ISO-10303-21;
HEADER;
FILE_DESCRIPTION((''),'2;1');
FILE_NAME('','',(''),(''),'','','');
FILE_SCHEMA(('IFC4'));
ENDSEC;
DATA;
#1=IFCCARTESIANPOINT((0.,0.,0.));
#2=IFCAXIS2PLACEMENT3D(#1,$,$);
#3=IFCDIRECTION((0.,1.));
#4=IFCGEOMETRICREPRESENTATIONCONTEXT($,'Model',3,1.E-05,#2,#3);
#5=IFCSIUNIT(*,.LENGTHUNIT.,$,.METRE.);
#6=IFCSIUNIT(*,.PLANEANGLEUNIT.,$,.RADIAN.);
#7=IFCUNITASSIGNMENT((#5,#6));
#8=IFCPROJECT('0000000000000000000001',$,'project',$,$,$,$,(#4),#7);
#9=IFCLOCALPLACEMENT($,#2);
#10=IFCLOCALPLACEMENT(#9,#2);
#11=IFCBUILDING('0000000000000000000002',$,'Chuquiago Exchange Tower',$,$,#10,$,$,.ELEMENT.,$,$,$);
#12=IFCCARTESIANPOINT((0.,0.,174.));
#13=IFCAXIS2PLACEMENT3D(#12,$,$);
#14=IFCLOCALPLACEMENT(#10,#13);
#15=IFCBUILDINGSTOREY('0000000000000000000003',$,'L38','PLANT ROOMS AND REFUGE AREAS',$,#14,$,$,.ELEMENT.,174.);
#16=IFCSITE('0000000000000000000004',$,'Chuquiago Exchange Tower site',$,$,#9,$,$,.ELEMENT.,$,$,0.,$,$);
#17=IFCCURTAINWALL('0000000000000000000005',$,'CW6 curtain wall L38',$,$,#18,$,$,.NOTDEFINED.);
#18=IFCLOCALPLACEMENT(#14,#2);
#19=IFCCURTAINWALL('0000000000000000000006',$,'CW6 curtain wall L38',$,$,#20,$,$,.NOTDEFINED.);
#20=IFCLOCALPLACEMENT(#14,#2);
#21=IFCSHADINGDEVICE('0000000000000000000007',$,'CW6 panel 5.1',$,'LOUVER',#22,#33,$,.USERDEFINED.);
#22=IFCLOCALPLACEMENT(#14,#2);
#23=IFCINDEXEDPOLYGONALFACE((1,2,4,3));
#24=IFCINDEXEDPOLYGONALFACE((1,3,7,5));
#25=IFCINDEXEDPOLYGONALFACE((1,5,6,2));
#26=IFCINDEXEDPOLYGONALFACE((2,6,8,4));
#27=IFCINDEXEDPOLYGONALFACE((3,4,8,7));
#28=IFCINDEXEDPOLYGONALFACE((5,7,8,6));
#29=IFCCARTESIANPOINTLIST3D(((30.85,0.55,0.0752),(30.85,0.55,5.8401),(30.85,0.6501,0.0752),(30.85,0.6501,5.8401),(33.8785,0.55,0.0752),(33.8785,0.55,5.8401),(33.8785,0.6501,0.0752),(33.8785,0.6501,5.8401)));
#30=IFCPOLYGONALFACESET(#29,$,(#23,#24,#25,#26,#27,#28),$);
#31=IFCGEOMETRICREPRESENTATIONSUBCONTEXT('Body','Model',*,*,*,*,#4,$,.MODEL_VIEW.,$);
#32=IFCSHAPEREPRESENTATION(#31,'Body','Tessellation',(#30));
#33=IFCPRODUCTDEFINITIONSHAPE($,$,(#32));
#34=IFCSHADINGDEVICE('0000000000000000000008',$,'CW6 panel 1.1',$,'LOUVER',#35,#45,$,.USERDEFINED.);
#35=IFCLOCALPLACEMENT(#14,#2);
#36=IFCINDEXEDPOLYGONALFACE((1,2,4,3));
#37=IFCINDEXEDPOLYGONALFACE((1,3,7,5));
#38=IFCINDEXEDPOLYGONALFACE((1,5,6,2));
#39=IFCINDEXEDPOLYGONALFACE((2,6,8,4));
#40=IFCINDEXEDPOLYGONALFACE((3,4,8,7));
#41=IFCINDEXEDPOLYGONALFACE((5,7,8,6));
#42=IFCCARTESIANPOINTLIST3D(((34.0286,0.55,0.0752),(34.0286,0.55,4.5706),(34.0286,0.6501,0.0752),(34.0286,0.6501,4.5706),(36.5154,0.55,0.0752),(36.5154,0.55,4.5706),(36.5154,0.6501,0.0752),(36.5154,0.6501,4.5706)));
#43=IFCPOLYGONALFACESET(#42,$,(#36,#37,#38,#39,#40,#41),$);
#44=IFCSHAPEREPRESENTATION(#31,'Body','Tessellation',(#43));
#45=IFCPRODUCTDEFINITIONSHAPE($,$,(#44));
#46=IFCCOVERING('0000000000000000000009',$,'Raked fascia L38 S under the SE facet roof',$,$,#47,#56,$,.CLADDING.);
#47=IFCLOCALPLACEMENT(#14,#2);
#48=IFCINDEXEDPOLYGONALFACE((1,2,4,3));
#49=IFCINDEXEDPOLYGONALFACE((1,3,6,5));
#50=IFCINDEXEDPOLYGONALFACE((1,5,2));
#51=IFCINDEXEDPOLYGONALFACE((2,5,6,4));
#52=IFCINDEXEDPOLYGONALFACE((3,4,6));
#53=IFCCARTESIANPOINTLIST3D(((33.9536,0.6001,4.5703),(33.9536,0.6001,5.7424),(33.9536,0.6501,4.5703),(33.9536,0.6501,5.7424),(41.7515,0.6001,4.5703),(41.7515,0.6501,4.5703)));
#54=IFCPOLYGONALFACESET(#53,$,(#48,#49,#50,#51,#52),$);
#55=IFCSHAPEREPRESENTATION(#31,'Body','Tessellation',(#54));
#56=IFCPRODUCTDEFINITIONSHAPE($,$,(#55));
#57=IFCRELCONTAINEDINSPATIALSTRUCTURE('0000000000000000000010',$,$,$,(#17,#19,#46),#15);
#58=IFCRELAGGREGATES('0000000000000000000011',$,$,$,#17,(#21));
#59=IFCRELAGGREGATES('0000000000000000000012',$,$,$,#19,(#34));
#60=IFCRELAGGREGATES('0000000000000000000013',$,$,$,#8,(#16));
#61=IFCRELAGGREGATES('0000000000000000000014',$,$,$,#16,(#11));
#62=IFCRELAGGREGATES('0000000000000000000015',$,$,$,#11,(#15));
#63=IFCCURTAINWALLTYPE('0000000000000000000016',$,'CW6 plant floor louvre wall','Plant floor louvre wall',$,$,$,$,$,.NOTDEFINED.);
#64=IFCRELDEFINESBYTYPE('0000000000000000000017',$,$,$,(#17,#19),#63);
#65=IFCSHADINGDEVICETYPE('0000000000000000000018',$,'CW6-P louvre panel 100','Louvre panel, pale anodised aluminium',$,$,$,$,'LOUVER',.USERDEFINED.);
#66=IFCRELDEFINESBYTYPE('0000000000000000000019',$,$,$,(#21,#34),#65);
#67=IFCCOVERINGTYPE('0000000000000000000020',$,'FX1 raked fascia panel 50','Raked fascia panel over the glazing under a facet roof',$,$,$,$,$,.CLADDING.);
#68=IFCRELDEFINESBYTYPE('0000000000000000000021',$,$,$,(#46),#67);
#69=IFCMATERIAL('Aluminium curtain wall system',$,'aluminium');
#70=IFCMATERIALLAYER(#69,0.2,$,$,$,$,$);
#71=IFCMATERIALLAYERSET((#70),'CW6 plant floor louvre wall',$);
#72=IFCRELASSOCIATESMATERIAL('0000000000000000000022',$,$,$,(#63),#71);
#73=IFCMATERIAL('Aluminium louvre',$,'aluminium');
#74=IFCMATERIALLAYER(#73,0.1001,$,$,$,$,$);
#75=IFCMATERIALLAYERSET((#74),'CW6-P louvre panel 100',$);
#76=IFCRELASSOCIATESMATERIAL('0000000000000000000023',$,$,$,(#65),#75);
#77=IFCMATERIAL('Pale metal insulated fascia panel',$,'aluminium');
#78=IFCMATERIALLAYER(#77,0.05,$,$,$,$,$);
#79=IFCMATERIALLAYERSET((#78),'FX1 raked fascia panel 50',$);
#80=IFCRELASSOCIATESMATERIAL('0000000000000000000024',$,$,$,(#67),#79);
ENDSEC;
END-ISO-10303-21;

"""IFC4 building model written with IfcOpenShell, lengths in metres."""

from ifc_helpers import new_model, si_unit, direction, frame, origin, origin_2d, place, context, subcontext, project, spatial, polyline, rectangle, outline, extrude, material, layer, layer_set, type_object, element, aggregate, save


model = new_model("IFC4")

# Units and contexts
model_context = context("Model", 3, precision=1e-05, world=origin(), true_north=direction((0.0, 1.0)))
body_context = subcontext(model_context, "Body", "Model", "MODEL_VIEW")
ifc_project = project(units=[si_unit("LENGTHUNIT", "METRE"), si_unit("PLANEANGLEUNIT", "RADIAN")], contexts=[model_context])

# Site, building, storey
site_placement = place(None, origin())
site = spatial("IfcSite", under=ifc_project, at=site_placement, Name="Chuquiago Exchange Tower site", CompositionType="ELEMENT", RefElevation=0.0)
building_placement = place(site_placement, origin())
building = spatial("IfcBuilding", under=site, at=building_placement, Name="Chuquiago Exchange Tower", CompositionType="ELEMENT")
storey_placement = place(building_placement, frame((0.0, 0.0, 174.0)))
storey = spatial("IfcBuildingStorey", under=building, at=storey_placement, Name="L38", Description="PLANT ROOMS AND REFUGE AREAS", CompositionType="ELEMENT", Elevation=174.0)

# Curtain walls
ifc_material_1 = material(Name="Aluminium curtain wall system", Category="aluminium")
ifc_layer_1 = layer(ifc_material_1, 0.2)
ifc_layer_set_1 = layer_set([ifc_layer_1], Name="CW6 plant floor louvre wall")
curtain_wall_type = type_object("IfcCurtainWallType", Name="CW6 plant floor louvre wall", Description="Plant floor louvre wall", PredefinedType="NOTDEFINED", material=ifc_layer_set_1)
curtain_wall_1_placement = place(storey_placement, origin())
curtain_wall_1 = element("IfcCurtainWall", 1, at=curtain_wall_1_placement, inside=storey, type_object=curtain_wall_type, Name="CW6 curtain wall L38", PredefinedType="NOTDEFINED")
curtain_wall_2_placement = place(storey_placement, origin())
curtain_wall_2 = element("IfcCurtainWall", 2, at=curtain_wall_2_placement, inside=storey, type_object=curtain_wall_type, Name="CW6 curtain wall L38", PredefinedType="NOTDEFINED")

# Shading devices
ifc_material_2 = material(Name="Aluminium louvre", Category="aluminium")
ifc_layer_2 = layer(ifc_material_2, 0.1001)
ifc_layer_set_2 = layer_set([ifc_layer_2], Name="CW6-P louvre panel 100")
shading_device_type = type_object("IfcShadingDeviceType", Name="CW6-P louvre panel 100", Description="Louvre panel, pale anodised aluminium", ElementType="LOUVER", PredefinedType="USERDEFINED", material=ifc_layer_set_2)
shading_device_1_placement = place(storey_placement, frame((32.3643, 0.6001, 0.0752), z_axis=(0.0, 0.0, 1.0), x_axis=(1.0, 0.0, 0.0)))
shading_device_1 = element("IfcShadingDevice", 3, at=shading_device_1_placement, type_object=shading_device_type, Name="CW6 panel 5.1", ObjectType="LOUVER", PredefinedType="USERDEFINED", context=body_context, shape_type="SweptSolid", body=[
    extrude(rectangle(XDim=3.0286, YDim=0.1001, at=origin_2d()), origin(), (0.0, 0.0, 1.0), 5.7649),
])
aggregate(curtain_wall_1, [shading_device_1])
shading_device_2_placement = place(storey_placement, frame((35.272, 0.6001, 0.0752), z_axis=(0.0, 0.0, 1.0), x_axis=(1.0, 0.0, 0.0)))
shading_device_2 = element("IfcShadingDevice", 4, at=shading_device_2_placement, type_object=shading_device_type, Name="CW6 panel 1.1", ObjectType="LOUVER", PredefinedType="USERDEFINED", context=body_context, shape_type="SweptSolid", body=[
    extrude(rectangle(XDim=2.4868, YDim=0.1001, at=origin_2d()), origin(), (0.0, 0.0, 1.0), 4.4954),
])
aggregate(curtain_wall_2, [shading_device_2])

# Covering
ifc_material_3 = material(Name="Pale metal insulated fascia panel", Category="aluminium")
ifc_layer_3 = layer(ifc_material_3, 0.05)
ifc_layer_set_3 = layer_set([ifc_layer_3], Name="FX1 raked fascia panel 50")
covering_type = type_object("IfcCoveringType", Name="FX1 raked fascia panel 50", Description="Raked fascia panel over the glazing under a facet roof", PredefinedType="CLADDING", material=ifc_layer_set_3)
covering_placement = place(storey_placement, frame((33.9536, 0.6001, 4.5703), z_axis=(0.0, -1.0, 0.0), x_axis=(1.0, 0.0, 0.0)))
element("IfcCovering", 5, at=covering_placement, inside=storey, type_object=covering_type, Name="Raked fascia L38 S under the SE facet roof", PredefinedType="CLADDING", context=body_context, shape_type="SweptSolid", body=[
    extrude(outline(polyline([(0.0, 0.0), (7.7979, 0.0), (0.0, 1.1721), (0.0, 0.0)])), origin(), (0.0, 0.0, -1.0), 0.05),
])

save(model, "model.ifc")
